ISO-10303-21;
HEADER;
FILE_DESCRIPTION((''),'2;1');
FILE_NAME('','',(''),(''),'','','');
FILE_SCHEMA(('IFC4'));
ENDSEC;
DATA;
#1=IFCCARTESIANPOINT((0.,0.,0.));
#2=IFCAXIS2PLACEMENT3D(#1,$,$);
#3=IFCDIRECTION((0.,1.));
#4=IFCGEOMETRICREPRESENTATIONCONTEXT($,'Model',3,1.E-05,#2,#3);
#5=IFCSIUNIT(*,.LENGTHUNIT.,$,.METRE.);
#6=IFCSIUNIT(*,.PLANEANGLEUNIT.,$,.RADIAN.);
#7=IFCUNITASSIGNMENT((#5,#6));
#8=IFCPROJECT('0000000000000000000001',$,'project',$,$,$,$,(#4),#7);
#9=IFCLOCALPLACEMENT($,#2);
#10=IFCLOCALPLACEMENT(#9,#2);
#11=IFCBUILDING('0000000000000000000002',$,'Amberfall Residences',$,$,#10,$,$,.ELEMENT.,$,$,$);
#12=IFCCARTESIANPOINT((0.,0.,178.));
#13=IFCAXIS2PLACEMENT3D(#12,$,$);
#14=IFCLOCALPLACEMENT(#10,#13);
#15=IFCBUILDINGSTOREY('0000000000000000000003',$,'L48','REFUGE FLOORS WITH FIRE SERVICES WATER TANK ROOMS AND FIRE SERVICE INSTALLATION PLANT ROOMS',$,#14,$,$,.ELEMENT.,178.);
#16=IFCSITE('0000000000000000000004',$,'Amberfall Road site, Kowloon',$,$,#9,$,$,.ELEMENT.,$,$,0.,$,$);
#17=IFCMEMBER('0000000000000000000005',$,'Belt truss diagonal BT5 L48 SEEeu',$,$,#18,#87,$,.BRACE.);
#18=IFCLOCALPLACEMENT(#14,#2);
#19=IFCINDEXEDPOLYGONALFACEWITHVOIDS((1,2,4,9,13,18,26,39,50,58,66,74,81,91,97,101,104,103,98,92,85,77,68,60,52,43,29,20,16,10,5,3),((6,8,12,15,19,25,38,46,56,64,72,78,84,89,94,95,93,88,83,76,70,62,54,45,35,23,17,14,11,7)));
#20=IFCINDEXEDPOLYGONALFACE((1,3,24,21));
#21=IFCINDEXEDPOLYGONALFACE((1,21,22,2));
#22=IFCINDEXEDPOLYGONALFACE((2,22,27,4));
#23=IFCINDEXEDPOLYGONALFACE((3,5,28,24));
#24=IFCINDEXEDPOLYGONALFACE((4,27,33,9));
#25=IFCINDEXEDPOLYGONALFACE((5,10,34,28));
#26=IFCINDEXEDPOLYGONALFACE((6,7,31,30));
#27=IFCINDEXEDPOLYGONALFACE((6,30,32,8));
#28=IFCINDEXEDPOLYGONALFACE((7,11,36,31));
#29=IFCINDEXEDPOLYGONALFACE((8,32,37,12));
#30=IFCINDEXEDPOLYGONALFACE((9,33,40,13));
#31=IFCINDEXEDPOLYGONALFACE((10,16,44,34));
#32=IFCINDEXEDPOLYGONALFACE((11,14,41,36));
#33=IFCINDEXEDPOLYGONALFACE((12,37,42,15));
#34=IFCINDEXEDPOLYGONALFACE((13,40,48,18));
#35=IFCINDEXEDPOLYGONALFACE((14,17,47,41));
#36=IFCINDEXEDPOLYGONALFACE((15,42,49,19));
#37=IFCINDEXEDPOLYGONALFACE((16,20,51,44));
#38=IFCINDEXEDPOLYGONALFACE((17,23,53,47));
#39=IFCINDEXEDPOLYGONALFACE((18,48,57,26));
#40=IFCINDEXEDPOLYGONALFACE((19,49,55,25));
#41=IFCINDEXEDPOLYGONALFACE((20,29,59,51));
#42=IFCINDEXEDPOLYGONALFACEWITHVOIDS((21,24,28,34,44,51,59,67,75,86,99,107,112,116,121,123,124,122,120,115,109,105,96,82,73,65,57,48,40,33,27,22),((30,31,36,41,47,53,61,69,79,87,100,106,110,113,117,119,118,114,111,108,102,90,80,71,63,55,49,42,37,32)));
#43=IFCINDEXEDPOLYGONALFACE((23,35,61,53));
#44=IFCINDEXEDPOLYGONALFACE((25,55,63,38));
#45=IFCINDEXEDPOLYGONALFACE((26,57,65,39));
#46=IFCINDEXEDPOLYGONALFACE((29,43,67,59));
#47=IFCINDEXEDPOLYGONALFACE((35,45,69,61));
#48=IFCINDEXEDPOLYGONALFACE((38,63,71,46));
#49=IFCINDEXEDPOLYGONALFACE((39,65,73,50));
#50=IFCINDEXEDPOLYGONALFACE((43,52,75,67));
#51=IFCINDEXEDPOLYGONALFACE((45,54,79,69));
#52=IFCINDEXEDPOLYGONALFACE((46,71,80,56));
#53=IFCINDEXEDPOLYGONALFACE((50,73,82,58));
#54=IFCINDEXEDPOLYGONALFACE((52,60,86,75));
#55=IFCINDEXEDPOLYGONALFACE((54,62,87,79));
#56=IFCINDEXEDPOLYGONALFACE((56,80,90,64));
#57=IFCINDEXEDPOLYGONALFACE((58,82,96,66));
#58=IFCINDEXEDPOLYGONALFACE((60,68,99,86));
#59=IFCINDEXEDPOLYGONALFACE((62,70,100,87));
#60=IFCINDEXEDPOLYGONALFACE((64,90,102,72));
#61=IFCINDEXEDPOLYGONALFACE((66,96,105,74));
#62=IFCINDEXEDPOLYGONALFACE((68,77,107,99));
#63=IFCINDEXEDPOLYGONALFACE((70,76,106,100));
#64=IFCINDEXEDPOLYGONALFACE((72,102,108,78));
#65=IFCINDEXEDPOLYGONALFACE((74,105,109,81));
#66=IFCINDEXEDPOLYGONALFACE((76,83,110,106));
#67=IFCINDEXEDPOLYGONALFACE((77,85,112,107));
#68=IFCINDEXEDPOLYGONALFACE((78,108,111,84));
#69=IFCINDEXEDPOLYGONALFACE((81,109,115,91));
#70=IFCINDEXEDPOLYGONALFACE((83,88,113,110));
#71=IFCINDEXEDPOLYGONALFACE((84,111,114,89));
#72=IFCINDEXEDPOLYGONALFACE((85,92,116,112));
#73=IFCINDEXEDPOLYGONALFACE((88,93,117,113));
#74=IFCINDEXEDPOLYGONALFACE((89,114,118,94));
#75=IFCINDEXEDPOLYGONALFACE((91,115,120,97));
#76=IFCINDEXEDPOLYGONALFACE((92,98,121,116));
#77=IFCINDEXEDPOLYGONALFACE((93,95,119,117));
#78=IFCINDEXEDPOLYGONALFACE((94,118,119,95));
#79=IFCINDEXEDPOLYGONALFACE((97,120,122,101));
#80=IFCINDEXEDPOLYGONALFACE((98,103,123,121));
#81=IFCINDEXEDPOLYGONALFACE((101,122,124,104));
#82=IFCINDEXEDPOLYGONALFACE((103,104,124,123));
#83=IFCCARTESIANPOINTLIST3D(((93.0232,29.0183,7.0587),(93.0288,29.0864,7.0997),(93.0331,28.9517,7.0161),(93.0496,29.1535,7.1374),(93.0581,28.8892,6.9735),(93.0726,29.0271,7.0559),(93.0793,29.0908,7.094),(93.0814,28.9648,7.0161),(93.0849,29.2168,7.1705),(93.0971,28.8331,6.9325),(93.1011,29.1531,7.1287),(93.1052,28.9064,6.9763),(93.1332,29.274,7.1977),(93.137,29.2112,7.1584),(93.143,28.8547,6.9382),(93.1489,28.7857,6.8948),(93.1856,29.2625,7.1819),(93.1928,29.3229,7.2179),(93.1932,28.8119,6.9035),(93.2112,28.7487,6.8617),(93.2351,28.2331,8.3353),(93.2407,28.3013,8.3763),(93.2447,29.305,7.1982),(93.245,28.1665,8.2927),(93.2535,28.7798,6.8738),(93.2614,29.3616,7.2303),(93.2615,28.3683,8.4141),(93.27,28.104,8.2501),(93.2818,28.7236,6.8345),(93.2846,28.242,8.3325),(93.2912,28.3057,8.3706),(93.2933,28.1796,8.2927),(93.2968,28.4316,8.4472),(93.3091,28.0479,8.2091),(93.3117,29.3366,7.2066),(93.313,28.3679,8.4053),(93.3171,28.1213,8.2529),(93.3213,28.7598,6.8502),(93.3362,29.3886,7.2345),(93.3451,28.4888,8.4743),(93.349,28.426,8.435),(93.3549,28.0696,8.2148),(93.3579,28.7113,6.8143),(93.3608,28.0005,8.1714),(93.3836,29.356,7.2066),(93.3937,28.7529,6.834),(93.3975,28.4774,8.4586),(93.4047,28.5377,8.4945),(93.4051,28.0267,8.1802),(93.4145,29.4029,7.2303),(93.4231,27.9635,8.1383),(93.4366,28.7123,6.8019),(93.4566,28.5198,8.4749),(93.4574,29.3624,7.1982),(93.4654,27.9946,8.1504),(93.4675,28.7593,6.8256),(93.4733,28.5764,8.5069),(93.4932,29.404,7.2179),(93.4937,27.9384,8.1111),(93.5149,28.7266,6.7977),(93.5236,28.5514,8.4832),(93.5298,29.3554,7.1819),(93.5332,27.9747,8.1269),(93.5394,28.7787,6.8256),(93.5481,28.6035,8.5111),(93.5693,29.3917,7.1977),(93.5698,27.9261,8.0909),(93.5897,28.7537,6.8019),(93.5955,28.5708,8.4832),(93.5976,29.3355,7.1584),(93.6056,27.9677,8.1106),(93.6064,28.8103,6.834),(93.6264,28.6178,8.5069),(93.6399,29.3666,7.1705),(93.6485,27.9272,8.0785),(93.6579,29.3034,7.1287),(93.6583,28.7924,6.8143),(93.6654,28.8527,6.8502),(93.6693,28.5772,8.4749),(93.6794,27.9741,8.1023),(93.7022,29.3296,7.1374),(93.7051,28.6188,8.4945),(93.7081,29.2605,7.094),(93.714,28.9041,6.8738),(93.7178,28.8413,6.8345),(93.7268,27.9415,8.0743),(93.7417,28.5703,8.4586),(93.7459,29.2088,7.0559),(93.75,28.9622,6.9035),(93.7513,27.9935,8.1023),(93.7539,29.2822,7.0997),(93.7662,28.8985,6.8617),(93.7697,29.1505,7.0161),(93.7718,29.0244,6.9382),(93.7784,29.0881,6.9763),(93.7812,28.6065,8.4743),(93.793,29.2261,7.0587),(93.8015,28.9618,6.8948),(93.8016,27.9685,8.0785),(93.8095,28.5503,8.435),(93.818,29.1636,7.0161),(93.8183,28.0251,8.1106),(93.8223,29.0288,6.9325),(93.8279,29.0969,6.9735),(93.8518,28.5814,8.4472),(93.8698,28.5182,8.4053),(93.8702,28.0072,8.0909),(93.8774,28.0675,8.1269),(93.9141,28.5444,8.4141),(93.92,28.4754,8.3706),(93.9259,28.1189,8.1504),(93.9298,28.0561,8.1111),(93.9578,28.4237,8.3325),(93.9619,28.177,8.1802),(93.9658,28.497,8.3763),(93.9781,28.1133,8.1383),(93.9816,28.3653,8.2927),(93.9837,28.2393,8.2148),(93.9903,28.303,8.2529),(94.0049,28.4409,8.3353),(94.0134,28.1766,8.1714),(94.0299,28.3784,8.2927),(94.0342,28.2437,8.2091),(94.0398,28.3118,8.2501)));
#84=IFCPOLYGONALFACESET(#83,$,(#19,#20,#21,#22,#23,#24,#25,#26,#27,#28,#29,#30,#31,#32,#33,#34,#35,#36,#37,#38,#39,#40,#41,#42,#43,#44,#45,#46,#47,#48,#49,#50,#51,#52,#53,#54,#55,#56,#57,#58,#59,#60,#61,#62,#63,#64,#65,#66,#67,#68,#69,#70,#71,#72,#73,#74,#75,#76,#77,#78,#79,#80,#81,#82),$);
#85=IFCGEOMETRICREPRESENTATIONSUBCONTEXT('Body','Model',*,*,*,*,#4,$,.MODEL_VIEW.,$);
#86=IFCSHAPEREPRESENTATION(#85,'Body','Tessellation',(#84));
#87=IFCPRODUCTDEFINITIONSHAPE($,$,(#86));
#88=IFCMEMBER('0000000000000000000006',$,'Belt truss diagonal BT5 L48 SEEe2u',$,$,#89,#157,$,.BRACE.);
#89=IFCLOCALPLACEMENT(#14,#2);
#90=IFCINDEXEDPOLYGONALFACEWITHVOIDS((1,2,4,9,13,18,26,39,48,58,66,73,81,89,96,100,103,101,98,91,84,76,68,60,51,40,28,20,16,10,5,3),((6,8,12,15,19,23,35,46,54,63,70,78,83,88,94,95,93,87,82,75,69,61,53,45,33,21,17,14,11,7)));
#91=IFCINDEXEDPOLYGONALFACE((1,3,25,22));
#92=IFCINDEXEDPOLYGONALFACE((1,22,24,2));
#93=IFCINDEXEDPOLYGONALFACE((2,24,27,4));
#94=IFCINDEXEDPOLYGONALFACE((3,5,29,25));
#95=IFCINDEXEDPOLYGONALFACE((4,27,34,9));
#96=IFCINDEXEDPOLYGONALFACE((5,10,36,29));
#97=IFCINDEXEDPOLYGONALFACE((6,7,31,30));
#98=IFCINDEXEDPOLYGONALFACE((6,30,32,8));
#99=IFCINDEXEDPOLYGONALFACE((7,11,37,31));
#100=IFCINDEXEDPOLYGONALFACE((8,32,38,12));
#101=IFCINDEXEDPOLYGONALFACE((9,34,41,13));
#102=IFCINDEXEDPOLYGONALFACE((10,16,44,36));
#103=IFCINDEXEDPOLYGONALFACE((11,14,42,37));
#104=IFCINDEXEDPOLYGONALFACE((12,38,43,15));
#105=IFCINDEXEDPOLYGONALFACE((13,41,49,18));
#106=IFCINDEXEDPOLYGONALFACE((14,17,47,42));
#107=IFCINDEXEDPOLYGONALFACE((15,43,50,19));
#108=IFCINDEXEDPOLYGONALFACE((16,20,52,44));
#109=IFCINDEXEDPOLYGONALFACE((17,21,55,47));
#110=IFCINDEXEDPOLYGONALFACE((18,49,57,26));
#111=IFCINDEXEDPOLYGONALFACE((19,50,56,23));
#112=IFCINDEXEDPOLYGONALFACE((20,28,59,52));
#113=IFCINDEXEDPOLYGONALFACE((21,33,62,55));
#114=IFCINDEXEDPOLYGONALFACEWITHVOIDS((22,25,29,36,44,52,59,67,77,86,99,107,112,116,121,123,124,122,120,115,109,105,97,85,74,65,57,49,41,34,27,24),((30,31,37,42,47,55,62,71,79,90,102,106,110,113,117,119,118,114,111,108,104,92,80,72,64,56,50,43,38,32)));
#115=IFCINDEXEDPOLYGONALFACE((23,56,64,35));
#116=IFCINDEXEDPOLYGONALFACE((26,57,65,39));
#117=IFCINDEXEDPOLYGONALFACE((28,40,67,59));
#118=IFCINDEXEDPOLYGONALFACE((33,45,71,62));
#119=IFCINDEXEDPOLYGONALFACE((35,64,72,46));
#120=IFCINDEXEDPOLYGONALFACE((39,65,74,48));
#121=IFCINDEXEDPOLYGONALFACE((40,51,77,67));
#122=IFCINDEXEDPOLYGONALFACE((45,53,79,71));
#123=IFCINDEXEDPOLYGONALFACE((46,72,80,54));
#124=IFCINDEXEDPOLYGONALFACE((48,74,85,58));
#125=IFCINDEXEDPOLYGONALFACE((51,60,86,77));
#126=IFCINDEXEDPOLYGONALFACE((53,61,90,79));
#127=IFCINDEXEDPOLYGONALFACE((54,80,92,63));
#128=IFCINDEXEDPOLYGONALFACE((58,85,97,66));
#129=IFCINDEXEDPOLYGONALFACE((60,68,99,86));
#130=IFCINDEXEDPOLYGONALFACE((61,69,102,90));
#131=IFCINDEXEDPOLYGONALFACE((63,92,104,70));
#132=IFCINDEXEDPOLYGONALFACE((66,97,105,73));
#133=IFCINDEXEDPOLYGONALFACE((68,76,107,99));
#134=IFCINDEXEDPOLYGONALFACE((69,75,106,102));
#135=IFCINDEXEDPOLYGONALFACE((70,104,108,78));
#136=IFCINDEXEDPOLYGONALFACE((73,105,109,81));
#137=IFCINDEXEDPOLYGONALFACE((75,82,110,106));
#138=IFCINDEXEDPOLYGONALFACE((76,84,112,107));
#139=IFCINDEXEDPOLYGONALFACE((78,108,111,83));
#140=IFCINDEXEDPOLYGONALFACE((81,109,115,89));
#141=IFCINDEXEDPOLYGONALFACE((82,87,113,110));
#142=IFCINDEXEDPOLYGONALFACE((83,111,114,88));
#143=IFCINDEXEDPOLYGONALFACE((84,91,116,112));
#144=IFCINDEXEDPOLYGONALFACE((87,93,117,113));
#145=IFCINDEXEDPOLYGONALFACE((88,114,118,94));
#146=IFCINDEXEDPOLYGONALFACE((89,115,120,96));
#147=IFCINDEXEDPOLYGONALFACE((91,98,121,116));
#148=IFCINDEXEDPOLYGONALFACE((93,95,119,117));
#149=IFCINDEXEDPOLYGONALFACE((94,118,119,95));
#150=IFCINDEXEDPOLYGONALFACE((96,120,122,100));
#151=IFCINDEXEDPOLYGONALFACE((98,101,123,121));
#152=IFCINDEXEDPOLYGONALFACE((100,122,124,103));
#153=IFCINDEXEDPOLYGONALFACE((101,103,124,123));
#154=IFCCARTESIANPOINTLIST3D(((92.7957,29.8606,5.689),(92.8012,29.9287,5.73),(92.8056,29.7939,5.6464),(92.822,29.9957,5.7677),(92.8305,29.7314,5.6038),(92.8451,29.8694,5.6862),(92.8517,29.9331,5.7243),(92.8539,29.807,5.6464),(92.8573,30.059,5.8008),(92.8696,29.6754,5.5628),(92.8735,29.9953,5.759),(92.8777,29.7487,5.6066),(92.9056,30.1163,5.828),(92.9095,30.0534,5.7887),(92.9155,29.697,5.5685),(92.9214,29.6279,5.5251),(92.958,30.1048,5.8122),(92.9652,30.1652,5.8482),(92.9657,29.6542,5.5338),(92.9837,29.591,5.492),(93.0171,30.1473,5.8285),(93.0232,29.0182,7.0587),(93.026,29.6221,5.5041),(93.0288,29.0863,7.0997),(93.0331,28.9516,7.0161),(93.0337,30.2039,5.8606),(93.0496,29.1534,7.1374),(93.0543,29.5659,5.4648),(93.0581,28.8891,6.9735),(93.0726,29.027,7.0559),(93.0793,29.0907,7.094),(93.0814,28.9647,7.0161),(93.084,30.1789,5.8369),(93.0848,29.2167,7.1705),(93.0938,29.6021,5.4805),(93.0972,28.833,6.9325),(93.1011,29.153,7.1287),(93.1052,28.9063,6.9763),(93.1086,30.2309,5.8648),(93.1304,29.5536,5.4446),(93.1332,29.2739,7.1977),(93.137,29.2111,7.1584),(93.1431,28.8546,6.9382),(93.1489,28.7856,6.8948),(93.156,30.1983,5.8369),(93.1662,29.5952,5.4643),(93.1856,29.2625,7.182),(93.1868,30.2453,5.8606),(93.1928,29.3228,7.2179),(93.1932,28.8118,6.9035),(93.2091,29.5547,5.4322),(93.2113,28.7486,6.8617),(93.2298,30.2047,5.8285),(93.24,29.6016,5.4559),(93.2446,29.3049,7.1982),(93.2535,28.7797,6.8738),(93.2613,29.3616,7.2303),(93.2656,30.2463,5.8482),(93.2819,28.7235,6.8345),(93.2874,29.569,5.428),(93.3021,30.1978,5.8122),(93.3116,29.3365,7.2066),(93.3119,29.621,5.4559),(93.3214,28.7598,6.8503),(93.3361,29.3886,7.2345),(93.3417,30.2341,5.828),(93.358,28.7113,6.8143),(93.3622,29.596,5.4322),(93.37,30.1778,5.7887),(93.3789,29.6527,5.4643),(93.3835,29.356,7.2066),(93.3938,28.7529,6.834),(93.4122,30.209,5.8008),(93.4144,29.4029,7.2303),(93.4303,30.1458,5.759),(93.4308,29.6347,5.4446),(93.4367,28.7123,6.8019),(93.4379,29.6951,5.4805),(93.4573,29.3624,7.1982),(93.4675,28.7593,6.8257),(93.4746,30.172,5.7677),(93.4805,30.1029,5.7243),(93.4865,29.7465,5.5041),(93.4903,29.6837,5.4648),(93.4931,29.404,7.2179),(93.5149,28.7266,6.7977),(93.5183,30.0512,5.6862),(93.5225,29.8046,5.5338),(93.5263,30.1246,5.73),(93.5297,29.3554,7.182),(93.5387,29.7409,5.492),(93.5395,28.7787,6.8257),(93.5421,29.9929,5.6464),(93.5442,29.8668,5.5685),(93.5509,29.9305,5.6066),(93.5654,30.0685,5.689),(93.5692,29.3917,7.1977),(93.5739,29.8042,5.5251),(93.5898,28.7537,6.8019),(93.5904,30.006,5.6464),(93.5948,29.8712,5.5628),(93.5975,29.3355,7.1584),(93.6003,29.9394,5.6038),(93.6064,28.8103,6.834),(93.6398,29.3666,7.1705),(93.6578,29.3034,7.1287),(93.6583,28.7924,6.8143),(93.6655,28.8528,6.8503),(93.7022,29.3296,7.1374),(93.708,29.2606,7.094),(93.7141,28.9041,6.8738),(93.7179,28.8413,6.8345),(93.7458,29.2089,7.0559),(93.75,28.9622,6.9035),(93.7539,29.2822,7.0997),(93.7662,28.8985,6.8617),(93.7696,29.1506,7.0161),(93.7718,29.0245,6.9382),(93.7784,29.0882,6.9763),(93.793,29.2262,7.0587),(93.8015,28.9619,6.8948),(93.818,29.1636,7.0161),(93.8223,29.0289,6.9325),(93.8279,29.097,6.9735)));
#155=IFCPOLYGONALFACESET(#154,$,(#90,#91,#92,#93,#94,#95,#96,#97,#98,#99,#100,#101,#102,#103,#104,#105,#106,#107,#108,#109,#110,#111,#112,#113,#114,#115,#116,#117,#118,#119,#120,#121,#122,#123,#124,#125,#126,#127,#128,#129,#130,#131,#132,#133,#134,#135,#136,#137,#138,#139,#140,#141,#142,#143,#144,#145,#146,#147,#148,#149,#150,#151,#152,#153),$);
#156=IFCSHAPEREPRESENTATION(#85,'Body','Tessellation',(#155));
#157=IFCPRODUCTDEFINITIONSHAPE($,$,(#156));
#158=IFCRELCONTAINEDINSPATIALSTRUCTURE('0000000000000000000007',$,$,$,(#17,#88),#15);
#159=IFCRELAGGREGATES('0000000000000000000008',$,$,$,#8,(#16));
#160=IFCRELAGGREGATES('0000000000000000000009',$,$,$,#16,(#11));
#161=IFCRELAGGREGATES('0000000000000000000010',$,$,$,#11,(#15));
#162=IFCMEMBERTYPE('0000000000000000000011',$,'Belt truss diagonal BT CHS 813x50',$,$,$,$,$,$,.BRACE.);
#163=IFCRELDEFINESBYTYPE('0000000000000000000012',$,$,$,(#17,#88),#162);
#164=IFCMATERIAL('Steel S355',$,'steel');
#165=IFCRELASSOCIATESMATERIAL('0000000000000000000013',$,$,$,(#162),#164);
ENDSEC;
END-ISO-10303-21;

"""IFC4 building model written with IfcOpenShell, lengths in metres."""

from ifc_helpers import new_model, si_unit, direction, frame, origin, origin_2d, place, context, subcontext, project, spatial, hollow_circle, extrude, material, material_profile, profile_set, type_object, element, save


model = new_model("IFC4")

# Units and contexts
model_context = context("Model", 3, precision=1e-05, world=origin(), true_north=direction((0.0, 1.0)))
body_context = subcontext(model_context, "Body", "Model", "MODEL_VIEW")
ifc_project = project(units=[si_unit("LENGTHUNIT", "METRE"), si_unit("PLANEANGLEUNIT", "RADIAN")], contexts=[model_context])

# Site, building, storey
site_placement = place(None, origin())
site = spatial("IfcSite", under=ifc_project, at=site_placement, Name="Amberfall Road site, Kowloon", CompositionType="ELEMENT", RefElevation=0.0)
building_placement = place(site_placement, origin())
building = spatial("IfcBuilding", under=site, at=building_placement, Name="Amberfall Residences", CompositionType="ELEMENT")
storey_placement = place(building_placement, frame((0.0, 0.0, 178.0)))
storey = spatial("IfcBuildingStorey", under=building, at=storey_placement, Name="L48", Description="REFUGE FLOORS WITH FIRE SERVICES WATER TANK ROOMS AND FIRE SERVICE INSTALLATION PLANT ROOMS", CompositionType="ELEMENT", Elevation=178.0)

# Shared definitions
ifc_material = material(Name="Steel S355", Category="steel")

# Members
ifc_material_profile_1 = material_profile(ifc_material, hollow_circle(Radius=0.4065, WallThickness=0.05, at=origin_2d()), Name="CHS 813x50")
ifc_profile_set_1 = profile_set([ifc_material_profile_1], Name="Steel S355")
member_type_1 = type_object("IfcMemberType", Name="Belt truss diagonal BT CHS 813x50", PredefinedType="BRACE", material=ifc_profile_set_1)
member_1_placement = place(storey_placement, frame((93.6375, 28.2725, 8.2927), z_axis=(-0.140003, 0.51872, -0.843403), x_axis=(-0.965453, -0.260576, 0.0)))
element("IfcMember", 1, at=member_1_placement, inside=storey, type_object=member_type_1, Name="Belt truss diagonal BT5 L48 SEEeu", PredefinedType="BRACE", context=body_context, shape_type="SweptSolid", body=[
    extrude(hollow_circle(Radius=0.4065, WallThickness=0.05, at=origin_2d()), origin(), (0.0, 0.0, 1.0), 1.5137),
])
member_2_placement = place(storey_placement, frame((93.4255, 29.0576, 7.0161), z_axis=(-0.140118, 0.518675, -0.843411), x_axis=(-0.965394, -0.260796, 0.0)))
element("IfcMember", 2, at=member_2_placement, inside=storey, type_object=member_type_1, Name="Belt truss diagonal BT5 L48 SEEe2u", PredefinedType="BRACE", context=body_context, shape_type="SweptSolid", body=[
    extrude(hollow_circle(Radius=0.4065, WallThickness=0.05, at=origin_2d()), origin(), (0.0, 0.0, 1.0), 1.624),
])

save(model, "model.ifc")
